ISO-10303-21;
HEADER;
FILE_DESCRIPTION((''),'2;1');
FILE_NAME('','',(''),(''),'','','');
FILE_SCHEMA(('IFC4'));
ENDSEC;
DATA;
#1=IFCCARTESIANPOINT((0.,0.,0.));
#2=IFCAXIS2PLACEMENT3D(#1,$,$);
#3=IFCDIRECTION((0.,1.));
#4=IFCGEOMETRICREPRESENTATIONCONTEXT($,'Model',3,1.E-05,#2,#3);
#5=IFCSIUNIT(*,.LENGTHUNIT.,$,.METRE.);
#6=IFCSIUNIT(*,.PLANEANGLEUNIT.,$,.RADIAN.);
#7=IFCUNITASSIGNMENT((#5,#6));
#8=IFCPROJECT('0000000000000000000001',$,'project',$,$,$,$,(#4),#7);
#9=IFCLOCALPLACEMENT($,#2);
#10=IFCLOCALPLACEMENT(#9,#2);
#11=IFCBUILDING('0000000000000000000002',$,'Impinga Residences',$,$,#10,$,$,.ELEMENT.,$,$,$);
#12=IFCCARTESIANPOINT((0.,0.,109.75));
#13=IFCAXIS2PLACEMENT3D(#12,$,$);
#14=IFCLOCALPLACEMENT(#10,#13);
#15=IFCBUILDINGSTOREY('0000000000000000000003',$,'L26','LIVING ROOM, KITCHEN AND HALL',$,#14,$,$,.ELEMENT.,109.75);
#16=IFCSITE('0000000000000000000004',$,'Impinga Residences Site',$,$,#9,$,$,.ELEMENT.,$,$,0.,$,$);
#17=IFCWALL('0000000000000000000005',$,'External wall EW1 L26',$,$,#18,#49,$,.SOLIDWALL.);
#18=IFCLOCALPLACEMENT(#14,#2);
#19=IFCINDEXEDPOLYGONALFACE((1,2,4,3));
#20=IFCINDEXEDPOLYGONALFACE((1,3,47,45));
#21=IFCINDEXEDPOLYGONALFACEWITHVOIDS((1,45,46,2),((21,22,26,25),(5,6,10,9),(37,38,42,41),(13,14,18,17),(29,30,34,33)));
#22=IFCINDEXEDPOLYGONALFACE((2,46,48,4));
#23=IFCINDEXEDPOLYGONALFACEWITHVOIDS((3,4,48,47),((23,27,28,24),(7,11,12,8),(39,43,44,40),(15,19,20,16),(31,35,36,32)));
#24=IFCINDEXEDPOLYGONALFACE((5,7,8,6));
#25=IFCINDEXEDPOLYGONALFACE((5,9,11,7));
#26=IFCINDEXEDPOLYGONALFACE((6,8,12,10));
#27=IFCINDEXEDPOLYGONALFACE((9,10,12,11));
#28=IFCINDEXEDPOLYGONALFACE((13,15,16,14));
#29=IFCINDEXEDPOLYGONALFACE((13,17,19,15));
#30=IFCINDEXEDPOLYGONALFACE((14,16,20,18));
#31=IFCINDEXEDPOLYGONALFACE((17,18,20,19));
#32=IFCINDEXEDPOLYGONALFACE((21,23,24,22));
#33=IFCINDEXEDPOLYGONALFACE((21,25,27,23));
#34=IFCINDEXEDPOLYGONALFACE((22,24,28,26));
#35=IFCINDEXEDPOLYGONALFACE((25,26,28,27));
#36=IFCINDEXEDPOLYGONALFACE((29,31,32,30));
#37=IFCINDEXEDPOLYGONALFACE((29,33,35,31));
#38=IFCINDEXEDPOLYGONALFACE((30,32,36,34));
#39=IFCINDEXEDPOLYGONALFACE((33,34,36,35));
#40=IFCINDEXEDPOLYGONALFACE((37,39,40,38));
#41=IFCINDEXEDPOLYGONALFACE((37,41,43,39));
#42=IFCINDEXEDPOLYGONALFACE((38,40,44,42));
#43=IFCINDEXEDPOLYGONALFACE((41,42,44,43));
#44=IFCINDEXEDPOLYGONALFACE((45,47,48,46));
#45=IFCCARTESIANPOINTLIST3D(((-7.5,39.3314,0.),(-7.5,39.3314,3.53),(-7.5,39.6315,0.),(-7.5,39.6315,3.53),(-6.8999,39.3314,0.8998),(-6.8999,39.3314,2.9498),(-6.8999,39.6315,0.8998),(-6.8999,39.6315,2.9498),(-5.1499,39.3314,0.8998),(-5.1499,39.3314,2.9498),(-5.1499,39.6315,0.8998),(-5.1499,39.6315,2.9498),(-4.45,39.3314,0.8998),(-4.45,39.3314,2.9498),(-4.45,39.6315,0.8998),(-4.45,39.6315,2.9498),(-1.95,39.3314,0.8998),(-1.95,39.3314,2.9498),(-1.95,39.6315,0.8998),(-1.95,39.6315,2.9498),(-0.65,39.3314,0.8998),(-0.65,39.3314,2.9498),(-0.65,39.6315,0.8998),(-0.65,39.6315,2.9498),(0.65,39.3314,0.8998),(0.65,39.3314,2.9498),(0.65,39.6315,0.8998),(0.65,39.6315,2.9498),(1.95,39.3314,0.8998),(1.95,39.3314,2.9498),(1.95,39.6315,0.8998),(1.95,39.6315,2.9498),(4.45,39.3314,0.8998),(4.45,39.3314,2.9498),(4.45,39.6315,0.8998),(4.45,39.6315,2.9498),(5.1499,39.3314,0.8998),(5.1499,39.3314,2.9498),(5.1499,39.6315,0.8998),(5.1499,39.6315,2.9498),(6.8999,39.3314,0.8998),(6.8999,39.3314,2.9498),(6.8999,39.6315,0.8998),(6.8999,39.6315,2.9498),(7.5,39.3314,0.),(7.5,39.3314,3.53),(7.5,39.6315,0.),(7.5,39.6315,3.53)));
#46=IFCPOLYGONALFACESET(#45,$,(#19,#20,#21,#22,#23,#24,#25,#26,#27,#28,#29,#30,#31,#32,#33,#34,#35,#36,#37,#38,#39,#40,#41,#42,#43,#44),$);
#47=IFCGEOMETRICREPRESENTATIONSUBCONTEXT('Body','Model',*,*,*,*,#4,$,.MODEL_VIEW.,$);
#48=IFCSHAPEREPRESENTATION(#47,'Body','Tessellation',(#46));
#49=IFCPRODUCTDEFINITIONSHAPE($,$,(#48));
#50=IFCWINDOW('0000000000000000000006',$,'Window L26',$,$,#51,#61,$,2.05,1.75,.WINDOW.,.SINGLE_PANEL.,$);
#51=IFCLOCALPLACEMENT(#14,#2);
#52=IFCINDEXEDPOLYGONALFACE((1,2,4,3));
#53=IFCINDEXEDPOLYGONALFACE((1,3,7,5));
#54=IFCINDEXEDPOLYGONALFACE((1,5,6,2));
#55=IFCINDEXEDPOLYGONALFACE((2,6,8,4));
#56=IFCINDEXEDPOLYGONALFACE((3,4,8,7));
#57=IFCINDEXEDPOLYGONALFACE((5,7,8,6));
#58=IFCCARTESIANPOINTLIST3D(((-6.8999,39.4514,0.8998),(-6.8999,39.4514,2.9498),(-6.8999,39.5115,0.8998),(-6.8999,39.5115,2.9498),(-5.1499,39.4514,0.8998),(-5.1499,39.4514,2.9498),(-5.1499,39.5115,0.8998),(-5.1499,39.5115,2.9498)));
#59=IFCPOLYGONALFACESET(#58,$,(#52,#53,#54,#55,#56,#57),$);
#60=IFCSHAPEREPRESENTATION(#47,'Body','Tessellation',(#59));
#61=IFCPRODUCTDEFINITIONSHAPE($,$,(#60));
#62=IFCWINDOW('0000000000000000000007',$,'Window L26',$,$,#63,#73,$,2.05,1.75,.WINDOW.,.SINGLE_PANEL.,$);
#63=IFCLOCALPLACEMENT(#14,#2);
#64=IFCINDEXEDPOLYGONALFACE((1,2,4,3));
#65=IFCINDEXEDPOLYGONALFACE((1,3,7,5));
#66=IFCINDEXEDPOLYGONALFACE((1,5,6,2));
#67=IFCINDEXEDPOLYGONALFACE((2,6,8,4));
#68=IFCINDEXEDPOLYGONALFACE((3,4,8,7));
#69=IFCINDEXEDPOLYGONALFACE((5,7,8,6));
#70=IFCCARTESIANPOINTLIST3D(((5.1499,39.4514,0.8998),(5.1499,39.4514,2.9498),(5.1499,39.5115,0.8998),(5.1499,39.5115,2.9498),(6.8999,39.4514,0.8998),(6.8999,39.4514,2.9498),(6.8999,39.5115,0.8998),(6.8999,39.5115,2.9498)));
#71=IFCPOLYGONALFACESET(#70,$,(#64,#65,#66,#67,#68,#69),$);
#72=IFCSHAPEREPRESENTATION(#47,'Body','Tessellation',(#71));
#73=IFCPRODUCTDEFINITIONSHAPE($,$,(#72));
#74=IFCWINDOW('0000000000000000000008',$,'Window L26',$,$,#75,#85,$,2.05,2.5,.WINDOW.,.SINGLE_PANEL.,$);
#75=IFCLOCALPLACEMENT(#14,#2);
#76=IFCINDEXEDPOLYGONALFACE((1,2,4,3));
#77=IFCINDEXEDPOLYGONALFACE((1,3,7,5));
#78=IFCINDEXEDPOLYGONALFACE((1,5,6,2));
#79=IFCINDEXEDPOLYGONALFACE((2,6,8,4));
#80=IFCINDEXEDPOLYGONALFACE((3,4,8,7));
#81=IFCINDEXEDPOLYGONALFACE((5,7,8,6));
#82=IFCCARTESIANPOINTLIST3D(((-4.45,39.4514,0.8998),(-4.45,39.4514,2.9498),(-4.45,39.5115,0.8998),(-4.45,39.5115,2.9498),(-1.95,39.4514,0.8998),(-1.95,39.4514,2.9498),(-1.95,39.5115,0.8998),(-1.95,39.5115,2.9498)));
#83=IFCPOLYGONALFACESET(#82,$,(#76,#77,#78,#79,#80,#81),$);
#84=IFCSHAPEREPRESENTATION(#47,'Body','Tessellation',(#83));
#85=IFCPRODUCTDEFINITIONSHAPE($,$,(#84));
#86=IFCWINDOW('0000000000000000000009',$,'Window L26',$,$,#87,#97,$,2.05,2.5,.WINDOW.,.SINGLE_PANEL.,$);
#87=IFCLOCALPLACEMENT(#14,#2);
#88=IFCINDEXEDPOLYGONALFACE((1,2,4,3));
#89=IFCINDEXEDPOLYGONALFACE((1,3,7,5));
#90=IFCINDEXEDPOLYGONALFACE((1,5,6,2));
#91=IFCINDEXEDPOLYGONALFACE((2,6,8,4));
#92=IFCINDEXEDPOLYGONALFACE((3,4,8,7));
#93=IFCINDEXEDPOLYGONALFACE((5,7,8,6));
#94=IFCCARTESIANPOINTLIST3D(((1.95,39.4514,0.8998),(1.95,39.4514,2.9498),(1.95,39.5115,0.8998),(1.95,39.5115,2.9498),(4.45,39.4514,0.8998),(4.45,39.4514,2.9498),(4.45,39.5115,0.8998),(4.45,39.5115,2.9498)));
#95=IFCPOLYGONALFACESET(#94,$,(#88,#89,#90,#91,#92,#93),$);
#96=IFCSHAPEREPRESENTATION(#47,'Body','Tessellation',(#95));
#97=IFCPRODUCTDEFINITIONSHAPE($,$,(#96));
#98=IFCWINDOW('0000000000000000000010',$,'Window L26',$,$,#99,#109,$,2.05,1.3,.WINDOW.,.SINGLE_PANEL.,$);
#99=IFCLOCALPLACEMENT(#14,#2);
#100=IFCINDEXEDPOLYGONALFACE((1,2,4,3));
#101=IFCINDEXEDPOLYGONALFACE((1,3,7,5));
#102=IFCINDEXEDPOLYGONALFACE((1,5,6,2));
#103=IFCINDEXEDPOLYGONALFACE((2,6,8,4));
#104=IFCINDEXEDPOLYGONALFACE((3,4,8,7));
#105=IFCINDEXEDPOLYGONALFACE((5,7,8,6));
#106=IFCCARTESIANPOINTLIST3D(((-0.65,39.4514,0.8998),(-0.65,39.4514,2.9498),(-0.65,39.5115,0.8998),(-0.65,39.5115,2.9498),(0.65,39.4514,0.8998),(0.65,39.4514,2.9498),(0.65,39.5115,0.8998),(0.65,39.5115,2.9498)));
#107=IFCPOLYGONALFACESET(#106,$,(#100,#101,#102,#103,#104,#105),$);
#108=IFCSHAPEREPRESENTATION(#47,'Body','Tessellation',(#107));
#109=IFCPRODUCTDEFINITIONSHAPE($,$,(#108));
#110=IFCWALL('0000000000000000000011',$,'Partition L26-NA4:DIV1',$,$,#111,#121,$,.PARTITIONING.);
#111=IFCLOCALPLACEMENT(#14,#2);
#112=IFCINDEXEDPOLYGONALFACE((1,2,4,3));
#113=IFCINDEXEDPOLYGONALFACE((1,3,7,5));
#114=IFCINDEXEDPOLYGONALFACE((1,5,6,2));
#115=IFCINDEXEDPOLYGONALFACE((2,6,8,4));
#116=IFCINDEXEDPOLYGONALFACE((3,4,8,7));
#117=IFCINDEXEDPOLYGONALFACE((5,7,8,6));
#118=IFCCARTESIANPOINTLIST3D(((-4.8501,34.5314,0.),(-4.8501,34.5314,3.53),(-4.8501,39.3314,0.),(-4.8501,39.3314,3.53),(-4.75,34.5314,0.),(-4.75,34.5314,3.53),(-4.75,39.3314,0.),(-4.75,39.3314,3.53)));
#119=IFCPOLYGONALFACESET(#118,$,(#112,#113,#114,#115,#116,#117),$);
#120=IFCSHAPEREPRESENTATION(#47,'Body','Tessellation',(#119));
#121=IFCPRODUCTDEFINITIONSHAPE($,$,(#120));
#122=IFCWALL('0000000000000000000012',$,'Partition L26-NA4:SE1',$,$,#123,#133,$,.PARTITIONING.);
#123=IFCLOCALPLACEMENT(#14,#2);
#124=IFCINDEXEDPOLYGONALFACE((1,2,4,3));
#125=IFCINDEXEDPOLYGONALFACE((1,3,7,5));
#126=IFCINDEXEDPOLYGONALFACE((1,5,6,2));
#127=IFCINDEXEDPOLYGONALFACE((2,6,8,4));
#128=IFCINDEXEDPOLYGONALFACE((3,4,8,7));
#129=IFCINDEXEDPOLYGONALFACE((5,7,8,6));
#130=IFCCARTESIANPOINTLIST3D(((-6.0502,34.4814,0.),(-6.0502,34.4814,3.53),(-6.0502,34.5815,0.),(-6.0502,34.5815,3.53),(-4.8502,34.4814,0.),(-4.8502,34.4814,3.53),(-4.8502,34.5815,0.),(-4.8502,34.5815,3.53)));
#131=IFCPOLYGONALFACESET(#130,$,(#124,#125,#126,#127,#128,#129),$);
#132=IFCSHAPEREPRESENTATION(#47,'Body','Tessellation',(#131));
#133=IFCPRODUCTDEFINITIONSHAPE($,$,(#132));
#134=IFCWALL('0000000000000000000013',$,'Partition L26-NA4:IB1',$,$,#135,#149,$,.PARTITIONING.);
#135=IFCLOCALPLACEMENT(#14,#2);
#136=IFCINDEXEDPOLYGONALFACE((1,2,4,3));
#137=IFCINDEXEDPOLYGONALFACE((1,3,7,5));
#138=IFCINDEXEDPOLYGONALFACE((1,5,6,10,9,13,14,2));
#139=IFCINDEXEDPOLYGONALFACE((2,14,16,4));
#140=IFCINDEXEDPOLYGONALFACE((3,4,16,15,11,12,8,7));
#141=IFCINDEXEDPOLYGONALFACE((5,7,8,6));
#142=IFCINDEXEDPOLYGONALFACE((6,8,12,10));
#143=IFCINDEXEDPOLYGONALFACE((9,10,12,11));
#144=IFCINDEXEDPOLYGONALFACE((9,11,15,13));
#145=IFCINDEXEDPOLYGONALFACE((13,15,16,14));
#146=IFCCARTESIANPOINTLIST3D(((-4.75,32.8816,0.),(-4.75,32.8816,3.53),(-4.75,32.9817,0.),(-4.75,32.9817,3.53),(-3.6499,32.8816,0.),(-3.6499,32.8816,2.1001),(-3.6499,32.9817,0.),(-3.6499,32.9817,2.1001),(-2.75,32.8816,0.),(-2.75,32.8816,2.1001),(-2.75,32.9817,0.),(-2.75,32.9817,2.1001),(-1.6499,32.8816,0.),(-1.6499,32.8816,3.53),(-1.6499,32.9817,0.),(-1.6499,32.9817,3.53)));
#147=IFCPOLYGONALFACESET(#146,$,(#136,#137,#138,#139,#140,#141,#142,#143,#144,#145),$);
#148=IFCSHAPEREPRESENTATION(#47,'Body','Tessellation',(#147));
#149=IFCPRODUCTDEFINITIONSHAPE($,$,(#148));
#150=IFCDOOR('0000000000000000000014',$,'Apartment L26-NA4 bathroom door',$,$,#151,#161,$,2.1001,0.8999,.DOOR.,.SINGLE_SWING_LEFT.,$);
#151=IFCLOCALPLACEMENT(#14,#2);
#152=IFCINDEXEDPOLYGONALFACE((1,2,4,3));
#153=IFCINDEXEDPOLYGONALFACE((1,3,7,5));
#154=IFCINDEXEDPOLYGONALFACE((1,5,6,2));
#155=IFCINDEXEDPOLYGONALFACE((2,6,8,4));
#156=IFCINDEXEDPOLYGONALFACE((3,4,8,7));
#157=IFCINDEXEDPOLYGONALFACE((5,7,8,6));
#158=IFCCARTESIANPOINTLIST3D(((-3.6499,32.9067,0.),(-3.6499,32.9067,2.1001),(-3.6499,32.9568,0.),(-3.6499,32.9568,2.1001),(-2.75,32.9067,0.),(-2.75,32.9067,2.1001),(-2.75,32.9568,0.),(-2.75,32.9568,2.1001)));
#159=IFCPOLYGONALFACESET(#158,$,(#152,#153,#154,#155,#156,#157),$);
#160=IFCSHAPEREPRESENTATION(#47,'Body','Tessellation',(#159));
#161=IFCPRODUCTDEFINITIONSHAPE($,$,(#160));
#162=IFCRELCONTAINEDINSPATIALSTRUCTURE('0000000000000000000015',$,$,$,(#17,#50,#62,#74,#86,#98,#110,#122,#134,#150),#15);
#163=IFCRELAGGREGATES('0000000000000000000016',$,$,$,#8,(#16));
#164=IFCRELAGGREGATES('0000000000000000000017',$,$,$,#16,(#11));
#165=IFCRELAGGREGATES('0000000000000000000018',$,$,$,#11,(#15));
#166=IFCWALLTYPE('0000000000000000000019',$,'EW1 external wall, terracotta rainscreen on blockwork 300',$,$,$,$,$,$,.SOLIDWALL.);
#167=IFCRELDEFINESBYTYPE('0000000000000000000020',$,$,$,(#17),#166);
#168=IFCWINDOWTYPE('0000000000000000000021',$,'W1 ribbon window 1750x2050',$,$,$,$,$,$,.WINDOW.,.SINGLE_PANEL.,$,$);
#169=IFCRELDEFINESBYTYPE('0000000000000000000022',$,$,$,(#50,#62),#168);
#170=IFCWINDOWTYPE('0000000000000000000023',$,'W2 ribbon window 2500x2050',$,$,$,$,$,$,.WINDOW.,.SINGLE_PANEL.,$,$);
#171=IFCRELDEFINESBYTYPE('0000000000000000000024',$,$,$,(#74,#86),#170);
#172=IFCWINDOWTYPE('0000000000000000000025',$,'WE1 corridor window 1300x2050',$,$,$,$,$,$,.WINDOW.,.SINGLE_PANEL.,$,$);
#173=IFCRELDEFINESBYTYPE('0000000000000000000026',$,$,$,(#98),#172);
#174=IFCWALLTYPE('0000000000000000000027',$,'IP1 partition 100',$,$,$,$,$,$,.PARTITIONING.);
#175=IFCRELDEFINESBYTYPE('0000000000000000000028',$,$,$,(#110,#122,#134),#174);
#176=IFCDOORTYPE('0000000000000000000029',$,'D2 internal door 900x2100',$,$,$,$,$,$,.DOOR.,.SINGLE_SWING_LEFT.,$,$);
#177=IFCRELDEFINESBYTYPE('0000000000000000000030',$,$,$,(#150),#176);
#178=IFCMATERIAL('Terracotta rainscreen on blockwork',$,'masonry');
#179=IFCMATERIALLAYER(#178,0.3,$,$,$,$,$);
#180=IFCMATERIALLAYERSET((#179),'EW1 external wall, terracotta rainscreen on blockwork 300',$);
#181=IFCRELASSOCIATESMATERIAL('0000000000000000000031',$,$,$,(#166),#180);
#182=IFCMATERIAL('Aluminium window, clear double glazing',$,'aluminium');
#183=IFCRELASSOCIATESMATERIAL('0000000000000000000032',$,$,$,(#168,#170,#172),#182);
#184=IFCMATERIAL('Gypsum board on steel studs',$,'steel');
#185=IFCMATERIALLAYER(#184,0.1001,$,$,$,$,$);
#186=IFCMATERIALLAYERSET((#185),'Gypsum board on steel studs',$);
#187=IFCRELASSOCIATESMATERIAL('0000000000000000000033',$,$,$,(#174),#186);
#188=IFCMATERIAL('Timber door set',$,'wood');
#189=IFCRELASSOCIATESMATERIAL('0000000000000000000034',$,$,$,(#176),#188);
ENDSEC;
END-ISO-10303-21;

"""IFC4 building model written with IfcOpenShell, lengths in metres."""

from ifc_helpers import new_model, si_unit, direction, frame, frame_2d, origin, place, context, subcontext, project, spatial, rectangle, extrude, material, layer, layer_set, type_object, element, fill, save


model = new_model("IFC4")

# Units and contexts
model_context = context("Model", 3, precision=1e-05, world=origin(), true_north=direction((0.0, 1.0)))
body_context = subcontext(model_context, "Body", "Model", "MODEL_VIEW")
ifc_project = project(units=[si_unit("LENGTHUNIT", "METRE"), si_unit("PLANEANGLEUNIT", "RADIAN")], contexts=[model_context])

# Site, building, storey
site_placement = place(None, origin())
site = spatial("IfcSite", under=ifc_project, at=site_placement, Name="Impinga Residences Site", CompositionType="ELEMENT", RefElevation=0.0)
building_placement = place(site_placement, origin())
building = spatial("IfcBuilding", under=site, at=building_placement, Name="Impinga Residences", CompositionType="ELEMENT")
storey_placement = place(building_placement, frame((0.0, 0.0, 109.75)))
storey = spatial("IfcBuildingStorey", under=building, at=storey_placement, Name="L26", Description="LIVING ROOM, KITCHEN AND HALL", CompositionType="ELEMENT", Elevation=109.75)

# Shared definitions
ifc_material_1 = material(Name="Terracotta rainscreen on blockwork", Category="masonry")
ifc_layer_1 = layer(ifc_material_1, 0.3)
ifc_layer_set_1 = layer_set([ifc_layer_1], Name="EW1 external wall, terracotta rainscreen on blockwork 300")
wall_type_1 = type_object("IfcWallType", Name="EW1 external wall, terracotta rainscreen on blockwork 300", PredefinedType="SOLIDWALL", material=ifc_layer_set_1)

# Wall, openings, windows
wall_1_placement = place(storey_placement, frame((-7.5, 39.4814, 0.0), z_axis=(0.0, 0.0, 1.0), x_axis=(1.0, 0.0, 0.0)))
wall_1 = element("IfcWall", 1, at=wall_1_placement, inside=storey, type_object=wall_type_1, Name="External wall EW1 L26", PredefinedType="SOLIDWALL", context=body_context, shape_type="SweptSolid", body=[
    extrude(rectangle(XDim=15.0, YDim=0.3, at=frame_2d((7.5, 0.0))), origin(), (0.0, 0.0, 1.0), 3.53),
])
opening_1_placement = place(wall_1_placement, frame((0.6001, 0.0, 0.8999)))
opening_1 = element("IfcOpeningElement", 2, at=opening_1_placement, cuts=wall_1, PredefinedType="OPENING", context=body_context, shape_type="SweptSolid", body=[
    extrude(rectangle(XDim=1.75, YDim=2.05, at=frame_2d((0.875, 1.0249))), frame((0.0, 0.1599, 0.0), z_axis=(0.0, -1.0, 0.0), x_axis=(1.0, 0.0, 0.0)), (0.0, 0.0, 1.0), 0.3201),
])
opening_2_placement = place(wall_1_placement, frame((3.05, 0.0, 0.8999)))
opening_2 = element("IfcOpeningElement", 3, at=opening_2_placement, cuts=wall_1, PredefinedType="OPENING", context=body_context, shape_type="SweptSolid", body=[
    extrude(rectangle(XDim=2.5, YDim=2.05, at=frame_2d((1.25, 1.0249))), frame((0.0, 0.1599, 0.0), z_axis=(0.0, -1.0, 0.0), x_axis=(1.0, 0.0, 0.0)), (0.0, 0.0, 1.0), 0.3201),
])
opening_3_placement = place(wall_1_placement, frame((6.8501, 0.0, 0.8999)))
opening_3 = element("IfcOpeningElement", 4, at=opening_3_placement, cuts=wall_1, PredefinedType="OPENING", context=body_context, shape_type="SweptSolid", body=[
    extrude(rectangle(XDim=1.3, YDim=2.05, at=frame_2d((0.6499, 1.0249))), frame((0.0, 0.1599, 0.0), z_axis=(0.0, -1.0, 0.0), x_axis=(1.0, 0.0, 0.0)), (0.0, 0.0, 1.0), 0.3201),
])
opening_4_placement = place(wall_1_placement, frame((9.45, 0.0, 0.8999)))
opening_4 = element("IfcOpeningElement", 5, at=opening_4_placement, cuts=wall_1, PredefinedType="OPENING", context=body_context, shape_type="SweptSolid", body=[
    extrude(rectangle(XDim=2.5, YDim=2.05, at=frame_2d((1.25, 1.0249))), frame((0.0, 0.1599, 0.0), z_axis=(0.0, -1.0, 0.0), x_axis=(1.0, 0.0, 0.0)), (0.0, 0.0, 1.0), 0.3201),
])
opening_5_placement = place(wall_1_placement, frame((12.6499, 0.0, 0.8999)))
opening_5 = element("IfcOpeningElement", 6, at=opening_5_placement, cuts=wall_1, PredefinedType="OPENING", context=body_context, shape_type="SweptSolid", body=[
    extrude(rectangle(XDim=1.75, YDim=2.05, at=frame_2d((0.875, 1.0249))), frame((0.0, 0.1599, 0.0), z_axis=(0.0, -1.0, 0.0), x_axis=(1.0, 0.0, 0.0)), (0.0, 0.0, 1.0), 0.3201),
])
ifc_material_2 = material(Name="Aluminium window, clear double glazing", Category="aluminium")
window_type_1 = type_object("IfcWindowType", Name="W1 ribbon window 1750x2050", PartitioningType="SINGLE_PANEL", PredefinedType="WINDOW", material=ifc_material_2)
window_1_placement = place(opening_1_placement, origin())
window_1 = element("IfcWindow", 7, at=window_1_placement, inside=storey, type_object=window_type_1, Name="Window L26", OverallHeight=2.05, OverallWidth=1.75, PartitioningType="SINGLE_PANEL", PredefinedType="WINDOW", context=body_context, shape_type="SweptSolid", body=[
    extrude(rectangle(XDim=1.75, YDim=2.05, at=frame_2d((0.875, 1.0249))), frame((0.0, 0.03, 0.0), z_axis=(0.0, -1.0, 0.0), x_axis=(1.0, 0.0, 0.0)), (0.0, 0.0, 1.0), 0.0601),
])
fill(opening_1, window_1)
window_2_placement = place(opening_5_placement, origin())
window_2 = element("IfcWindow", 8, at=window_2_placement, inside=storey, type_object=window_type_1, Name="Window L26", OverallHeight=2.05, OverallWidth=1.75, PartitioningType="SINGLE_PANEL", PredefinedType="WINDOW", context=body_context, shape_type="SweptSolid", body=[
    extrude(rectangle(XDim=1.75, YDim=2.05, at=frame_2d((0.875, 1.0249))), frame((0.0, 0.03, 0.0), z_axis=(0.0, -1.0, 0.0), x_axis=(1.0, 0.0, 0.0)), (0.0, 0.0, 1.0), 0.0601),
])
fill(opening_5, window_2)
window_type_2 = type_object("IfcWindowType", Name="W2 ribbon window 2500x2050", PartitioningType="SINGLE_PANEL", PredefinedType="WINDOW", material=ifc_material_2)
window_3_placement = place(opening_2_placement, origin())
window_3 = element("IfcWindow", 9, at=window_3_placement, inside=storey, type_object=window_type_2, Name="Window L26", OverallHeight=2.05, OverallWidth=2.5, PartitioningType="SINGLE_PANEL", PredefinedType="WINDOW", context=body_context, shape_type="SweptSolid", body=[
    extrude(rectangle(XDim=2.5, YDim=2.05, at=frame_2d((1.25, 1.0249))), frame((0.0, 0.03, 0.0), z_axis=(0.0, -1.0, 0.0), x_axis=(1.0, 0.0, 0.0)), (0.0, 0.0, 1.0), 0.0601),
])
fill(opening_2, window_3)
window_4_placement = place(opening_4_placement, origin())
window_4 = element("IfcWindow", 10, at=window_4_placement, inside=storey, type_object=window_type_2, Name="Window L26", OverallHeight=2.05, OverallWidth=2.5, PartitioningType="SINGLE_PANEL", PredefinedType="WINDOW", context=body_context, shape_type="SweptSolid", body=[
    extrude(rectangle(XDim=2.5, YDim=2.05, at=frame_2d((1.25, 1.0249))), frame((0.0, 0.03, 0.0), z_axis=(0.0, -1.0, 0.0), x_axis=(1.0, 0.0, 0.0)), (0.0, 0.0, 1.0), 0.0601),
])
fill(opening_4, window_4)
window_type_3 = type_object("IfcWindowType", Name="WE1 corridor window 1300x2050", PartitioningType="SINGLE_PANEL", PredefinedType="WINDOW", material=ifc_material_2)
window_5_placement = place(opening_3_placement, origin())
window_5 = element("IfcWindow", 11, at=window_5_placement, inside=storey, type_object=window_type_3, Name="Window L26", OverallHeight=2.05, OverallWidth=1.3, PartitioningType="SINGLE_PANEL", PredefinedType="WINDOW", context=body_context, shape_type="SweptSolid", body=[
    extrude(rectangle(XDim=1.3, YDim=2.05, at=frame_2d((0.6499, 1.0249))), frame((0.0, 0.03, 0.0), z_axis=(0.0, -1.0, 0.0), x_axis=(1.0, 0.0, 0.0)), (0.0, 0.0, 1.0), 0.0601),
])
fill(opening_3, window_5)

# Walls
ifc_material_3 = material(Name="Gypsum board on steel studs", Category="steel")
ifc_layer_2 = layer(ifc_material_3, 0.1001)
ifc_layer_set_2 = layer_set([ifc_layer_2], Name="Gypsum board on steel studs")
wall_type_2 = type_object("IfcWallType", Name="IP1 partition 100", PredefinedType="PARTITIONING", material=ifc_layer_set_2)
wall_2_placement = place(storey_placement, frame((-4.8, 34.5315, 0.0), z_axis=(0.0, 0.0, 1.0), x_axis=(0.0, 1.0, 0.0)))
element("IfcWall", 12, at=wall_2_placement, inside=storey, type_object=wall_type_2, Name="Partition L26-NA4:DIV1", PredefinedType="PARTITIONING", context=body_context, shape_type="SweptSolid", body=[
    extrude(rectangle(XDim=4.8, YDim=0.1001, at=frame_2d((2.3999, 0.0))), origin(), (0.0, 0.0, 1.0), 3.53),
])
wall_3_placement = place(storey_placement, frame((-4.8501, 34.5315, 0.0), z_axis=(0.0, 0.0, 1.0), x_axis=(-1.0, 0.0, 0.0)))
element("IfcWall", 13, at=wall_3_placement, inside=storey, type_object=wall_type_2, Name="Partition L26-NA4:SE1", PredefinedType="PARTITIONING", context=body_context, shape_type="SweptSolid", body=[
    extrude(rectangle(XDim=1.2, YDim=0.1001, at=frame_2d((0.6001, 0.0))), origin(), (0.0, 0.0, 1.0), 3.53),
])

# Wall, opening, door
wall_4_placement = place(storey_placement, frame((-1.6499, 32.9316, 0.0), z_axis=(0.0, 0.0, 1.0), x_axis=(-1.0, 0.0, 0.0)))
wall_4 = element("IfcWall", 14, at=wall_4_placement, inside=storey, type_object=wall_type_2, Name="Partition L26-NA4:IB1", PredefinedType="PARTITIONING", context=body_context, shape_type="SweptSolid", body=[
    extrude(rectangle(XDim=3.1001, YDim=0.1001, at=frame_2d((1.55, 0.0))), origin(), (0.0, 0.0, 1.0), 3.53),
])
opening_6_placement = place(wall_4_placement, frame((1.1001, 0.0, 0.0)))
opening_6 = element("IfcOpeningElement", 15, at=opening_6_placement, cuts=wall_4, PredefinedType="OPENING", context=body_context, shape_type="SweptSolid", body=[
    extrude(rectangle(XDim=0.8999, YDim=2.1001, at=frame_2d((0.45, 1.05))), frame((0.0, 0.0601, 0.0), z_axis=(0.0, -1.0, 0.0), x_axis=(1.0, 0.0, 0.0)), (0.0, 0.0, 1.0), 0.1201),
])
ifc_material_4 = material(Name="Timber door set", Category="wood")
door_type = type_object("IfcDoorType", Name="D2 internal door 900x2100", OperationType="SINGLE_SWING_LEFT", PredefinedType="DOOR", material=ifc_material_4)
door_placement = place(opening_6_placement, origin())
door = element("IfcDoor", 16, at=door_placement, inside=storey, type_object=door_type, Name="Apartment L26-NA4 bathroom door", OperationType="SINGLE_SWING_LEFT", OverallHeight=2.1001, OverallWidth=0.8999, PredefinedType="DOOR", context=body_context, shape_type="SweptSolid", body=[
    extrude(rectangle(XDim=0.8999, YDim=2.1001, at=frame_2d((0.45, 1.05))), frame((0.0, 0.0249, 0.0), z_axis=(0.0, -1.0, 0.0), x_axis=(1.0, 0.0, 0.0)), (0.0, 0.0, 1.0), 0.05),
])
fill(opening_6, door)

save(model, "model.ifc")
